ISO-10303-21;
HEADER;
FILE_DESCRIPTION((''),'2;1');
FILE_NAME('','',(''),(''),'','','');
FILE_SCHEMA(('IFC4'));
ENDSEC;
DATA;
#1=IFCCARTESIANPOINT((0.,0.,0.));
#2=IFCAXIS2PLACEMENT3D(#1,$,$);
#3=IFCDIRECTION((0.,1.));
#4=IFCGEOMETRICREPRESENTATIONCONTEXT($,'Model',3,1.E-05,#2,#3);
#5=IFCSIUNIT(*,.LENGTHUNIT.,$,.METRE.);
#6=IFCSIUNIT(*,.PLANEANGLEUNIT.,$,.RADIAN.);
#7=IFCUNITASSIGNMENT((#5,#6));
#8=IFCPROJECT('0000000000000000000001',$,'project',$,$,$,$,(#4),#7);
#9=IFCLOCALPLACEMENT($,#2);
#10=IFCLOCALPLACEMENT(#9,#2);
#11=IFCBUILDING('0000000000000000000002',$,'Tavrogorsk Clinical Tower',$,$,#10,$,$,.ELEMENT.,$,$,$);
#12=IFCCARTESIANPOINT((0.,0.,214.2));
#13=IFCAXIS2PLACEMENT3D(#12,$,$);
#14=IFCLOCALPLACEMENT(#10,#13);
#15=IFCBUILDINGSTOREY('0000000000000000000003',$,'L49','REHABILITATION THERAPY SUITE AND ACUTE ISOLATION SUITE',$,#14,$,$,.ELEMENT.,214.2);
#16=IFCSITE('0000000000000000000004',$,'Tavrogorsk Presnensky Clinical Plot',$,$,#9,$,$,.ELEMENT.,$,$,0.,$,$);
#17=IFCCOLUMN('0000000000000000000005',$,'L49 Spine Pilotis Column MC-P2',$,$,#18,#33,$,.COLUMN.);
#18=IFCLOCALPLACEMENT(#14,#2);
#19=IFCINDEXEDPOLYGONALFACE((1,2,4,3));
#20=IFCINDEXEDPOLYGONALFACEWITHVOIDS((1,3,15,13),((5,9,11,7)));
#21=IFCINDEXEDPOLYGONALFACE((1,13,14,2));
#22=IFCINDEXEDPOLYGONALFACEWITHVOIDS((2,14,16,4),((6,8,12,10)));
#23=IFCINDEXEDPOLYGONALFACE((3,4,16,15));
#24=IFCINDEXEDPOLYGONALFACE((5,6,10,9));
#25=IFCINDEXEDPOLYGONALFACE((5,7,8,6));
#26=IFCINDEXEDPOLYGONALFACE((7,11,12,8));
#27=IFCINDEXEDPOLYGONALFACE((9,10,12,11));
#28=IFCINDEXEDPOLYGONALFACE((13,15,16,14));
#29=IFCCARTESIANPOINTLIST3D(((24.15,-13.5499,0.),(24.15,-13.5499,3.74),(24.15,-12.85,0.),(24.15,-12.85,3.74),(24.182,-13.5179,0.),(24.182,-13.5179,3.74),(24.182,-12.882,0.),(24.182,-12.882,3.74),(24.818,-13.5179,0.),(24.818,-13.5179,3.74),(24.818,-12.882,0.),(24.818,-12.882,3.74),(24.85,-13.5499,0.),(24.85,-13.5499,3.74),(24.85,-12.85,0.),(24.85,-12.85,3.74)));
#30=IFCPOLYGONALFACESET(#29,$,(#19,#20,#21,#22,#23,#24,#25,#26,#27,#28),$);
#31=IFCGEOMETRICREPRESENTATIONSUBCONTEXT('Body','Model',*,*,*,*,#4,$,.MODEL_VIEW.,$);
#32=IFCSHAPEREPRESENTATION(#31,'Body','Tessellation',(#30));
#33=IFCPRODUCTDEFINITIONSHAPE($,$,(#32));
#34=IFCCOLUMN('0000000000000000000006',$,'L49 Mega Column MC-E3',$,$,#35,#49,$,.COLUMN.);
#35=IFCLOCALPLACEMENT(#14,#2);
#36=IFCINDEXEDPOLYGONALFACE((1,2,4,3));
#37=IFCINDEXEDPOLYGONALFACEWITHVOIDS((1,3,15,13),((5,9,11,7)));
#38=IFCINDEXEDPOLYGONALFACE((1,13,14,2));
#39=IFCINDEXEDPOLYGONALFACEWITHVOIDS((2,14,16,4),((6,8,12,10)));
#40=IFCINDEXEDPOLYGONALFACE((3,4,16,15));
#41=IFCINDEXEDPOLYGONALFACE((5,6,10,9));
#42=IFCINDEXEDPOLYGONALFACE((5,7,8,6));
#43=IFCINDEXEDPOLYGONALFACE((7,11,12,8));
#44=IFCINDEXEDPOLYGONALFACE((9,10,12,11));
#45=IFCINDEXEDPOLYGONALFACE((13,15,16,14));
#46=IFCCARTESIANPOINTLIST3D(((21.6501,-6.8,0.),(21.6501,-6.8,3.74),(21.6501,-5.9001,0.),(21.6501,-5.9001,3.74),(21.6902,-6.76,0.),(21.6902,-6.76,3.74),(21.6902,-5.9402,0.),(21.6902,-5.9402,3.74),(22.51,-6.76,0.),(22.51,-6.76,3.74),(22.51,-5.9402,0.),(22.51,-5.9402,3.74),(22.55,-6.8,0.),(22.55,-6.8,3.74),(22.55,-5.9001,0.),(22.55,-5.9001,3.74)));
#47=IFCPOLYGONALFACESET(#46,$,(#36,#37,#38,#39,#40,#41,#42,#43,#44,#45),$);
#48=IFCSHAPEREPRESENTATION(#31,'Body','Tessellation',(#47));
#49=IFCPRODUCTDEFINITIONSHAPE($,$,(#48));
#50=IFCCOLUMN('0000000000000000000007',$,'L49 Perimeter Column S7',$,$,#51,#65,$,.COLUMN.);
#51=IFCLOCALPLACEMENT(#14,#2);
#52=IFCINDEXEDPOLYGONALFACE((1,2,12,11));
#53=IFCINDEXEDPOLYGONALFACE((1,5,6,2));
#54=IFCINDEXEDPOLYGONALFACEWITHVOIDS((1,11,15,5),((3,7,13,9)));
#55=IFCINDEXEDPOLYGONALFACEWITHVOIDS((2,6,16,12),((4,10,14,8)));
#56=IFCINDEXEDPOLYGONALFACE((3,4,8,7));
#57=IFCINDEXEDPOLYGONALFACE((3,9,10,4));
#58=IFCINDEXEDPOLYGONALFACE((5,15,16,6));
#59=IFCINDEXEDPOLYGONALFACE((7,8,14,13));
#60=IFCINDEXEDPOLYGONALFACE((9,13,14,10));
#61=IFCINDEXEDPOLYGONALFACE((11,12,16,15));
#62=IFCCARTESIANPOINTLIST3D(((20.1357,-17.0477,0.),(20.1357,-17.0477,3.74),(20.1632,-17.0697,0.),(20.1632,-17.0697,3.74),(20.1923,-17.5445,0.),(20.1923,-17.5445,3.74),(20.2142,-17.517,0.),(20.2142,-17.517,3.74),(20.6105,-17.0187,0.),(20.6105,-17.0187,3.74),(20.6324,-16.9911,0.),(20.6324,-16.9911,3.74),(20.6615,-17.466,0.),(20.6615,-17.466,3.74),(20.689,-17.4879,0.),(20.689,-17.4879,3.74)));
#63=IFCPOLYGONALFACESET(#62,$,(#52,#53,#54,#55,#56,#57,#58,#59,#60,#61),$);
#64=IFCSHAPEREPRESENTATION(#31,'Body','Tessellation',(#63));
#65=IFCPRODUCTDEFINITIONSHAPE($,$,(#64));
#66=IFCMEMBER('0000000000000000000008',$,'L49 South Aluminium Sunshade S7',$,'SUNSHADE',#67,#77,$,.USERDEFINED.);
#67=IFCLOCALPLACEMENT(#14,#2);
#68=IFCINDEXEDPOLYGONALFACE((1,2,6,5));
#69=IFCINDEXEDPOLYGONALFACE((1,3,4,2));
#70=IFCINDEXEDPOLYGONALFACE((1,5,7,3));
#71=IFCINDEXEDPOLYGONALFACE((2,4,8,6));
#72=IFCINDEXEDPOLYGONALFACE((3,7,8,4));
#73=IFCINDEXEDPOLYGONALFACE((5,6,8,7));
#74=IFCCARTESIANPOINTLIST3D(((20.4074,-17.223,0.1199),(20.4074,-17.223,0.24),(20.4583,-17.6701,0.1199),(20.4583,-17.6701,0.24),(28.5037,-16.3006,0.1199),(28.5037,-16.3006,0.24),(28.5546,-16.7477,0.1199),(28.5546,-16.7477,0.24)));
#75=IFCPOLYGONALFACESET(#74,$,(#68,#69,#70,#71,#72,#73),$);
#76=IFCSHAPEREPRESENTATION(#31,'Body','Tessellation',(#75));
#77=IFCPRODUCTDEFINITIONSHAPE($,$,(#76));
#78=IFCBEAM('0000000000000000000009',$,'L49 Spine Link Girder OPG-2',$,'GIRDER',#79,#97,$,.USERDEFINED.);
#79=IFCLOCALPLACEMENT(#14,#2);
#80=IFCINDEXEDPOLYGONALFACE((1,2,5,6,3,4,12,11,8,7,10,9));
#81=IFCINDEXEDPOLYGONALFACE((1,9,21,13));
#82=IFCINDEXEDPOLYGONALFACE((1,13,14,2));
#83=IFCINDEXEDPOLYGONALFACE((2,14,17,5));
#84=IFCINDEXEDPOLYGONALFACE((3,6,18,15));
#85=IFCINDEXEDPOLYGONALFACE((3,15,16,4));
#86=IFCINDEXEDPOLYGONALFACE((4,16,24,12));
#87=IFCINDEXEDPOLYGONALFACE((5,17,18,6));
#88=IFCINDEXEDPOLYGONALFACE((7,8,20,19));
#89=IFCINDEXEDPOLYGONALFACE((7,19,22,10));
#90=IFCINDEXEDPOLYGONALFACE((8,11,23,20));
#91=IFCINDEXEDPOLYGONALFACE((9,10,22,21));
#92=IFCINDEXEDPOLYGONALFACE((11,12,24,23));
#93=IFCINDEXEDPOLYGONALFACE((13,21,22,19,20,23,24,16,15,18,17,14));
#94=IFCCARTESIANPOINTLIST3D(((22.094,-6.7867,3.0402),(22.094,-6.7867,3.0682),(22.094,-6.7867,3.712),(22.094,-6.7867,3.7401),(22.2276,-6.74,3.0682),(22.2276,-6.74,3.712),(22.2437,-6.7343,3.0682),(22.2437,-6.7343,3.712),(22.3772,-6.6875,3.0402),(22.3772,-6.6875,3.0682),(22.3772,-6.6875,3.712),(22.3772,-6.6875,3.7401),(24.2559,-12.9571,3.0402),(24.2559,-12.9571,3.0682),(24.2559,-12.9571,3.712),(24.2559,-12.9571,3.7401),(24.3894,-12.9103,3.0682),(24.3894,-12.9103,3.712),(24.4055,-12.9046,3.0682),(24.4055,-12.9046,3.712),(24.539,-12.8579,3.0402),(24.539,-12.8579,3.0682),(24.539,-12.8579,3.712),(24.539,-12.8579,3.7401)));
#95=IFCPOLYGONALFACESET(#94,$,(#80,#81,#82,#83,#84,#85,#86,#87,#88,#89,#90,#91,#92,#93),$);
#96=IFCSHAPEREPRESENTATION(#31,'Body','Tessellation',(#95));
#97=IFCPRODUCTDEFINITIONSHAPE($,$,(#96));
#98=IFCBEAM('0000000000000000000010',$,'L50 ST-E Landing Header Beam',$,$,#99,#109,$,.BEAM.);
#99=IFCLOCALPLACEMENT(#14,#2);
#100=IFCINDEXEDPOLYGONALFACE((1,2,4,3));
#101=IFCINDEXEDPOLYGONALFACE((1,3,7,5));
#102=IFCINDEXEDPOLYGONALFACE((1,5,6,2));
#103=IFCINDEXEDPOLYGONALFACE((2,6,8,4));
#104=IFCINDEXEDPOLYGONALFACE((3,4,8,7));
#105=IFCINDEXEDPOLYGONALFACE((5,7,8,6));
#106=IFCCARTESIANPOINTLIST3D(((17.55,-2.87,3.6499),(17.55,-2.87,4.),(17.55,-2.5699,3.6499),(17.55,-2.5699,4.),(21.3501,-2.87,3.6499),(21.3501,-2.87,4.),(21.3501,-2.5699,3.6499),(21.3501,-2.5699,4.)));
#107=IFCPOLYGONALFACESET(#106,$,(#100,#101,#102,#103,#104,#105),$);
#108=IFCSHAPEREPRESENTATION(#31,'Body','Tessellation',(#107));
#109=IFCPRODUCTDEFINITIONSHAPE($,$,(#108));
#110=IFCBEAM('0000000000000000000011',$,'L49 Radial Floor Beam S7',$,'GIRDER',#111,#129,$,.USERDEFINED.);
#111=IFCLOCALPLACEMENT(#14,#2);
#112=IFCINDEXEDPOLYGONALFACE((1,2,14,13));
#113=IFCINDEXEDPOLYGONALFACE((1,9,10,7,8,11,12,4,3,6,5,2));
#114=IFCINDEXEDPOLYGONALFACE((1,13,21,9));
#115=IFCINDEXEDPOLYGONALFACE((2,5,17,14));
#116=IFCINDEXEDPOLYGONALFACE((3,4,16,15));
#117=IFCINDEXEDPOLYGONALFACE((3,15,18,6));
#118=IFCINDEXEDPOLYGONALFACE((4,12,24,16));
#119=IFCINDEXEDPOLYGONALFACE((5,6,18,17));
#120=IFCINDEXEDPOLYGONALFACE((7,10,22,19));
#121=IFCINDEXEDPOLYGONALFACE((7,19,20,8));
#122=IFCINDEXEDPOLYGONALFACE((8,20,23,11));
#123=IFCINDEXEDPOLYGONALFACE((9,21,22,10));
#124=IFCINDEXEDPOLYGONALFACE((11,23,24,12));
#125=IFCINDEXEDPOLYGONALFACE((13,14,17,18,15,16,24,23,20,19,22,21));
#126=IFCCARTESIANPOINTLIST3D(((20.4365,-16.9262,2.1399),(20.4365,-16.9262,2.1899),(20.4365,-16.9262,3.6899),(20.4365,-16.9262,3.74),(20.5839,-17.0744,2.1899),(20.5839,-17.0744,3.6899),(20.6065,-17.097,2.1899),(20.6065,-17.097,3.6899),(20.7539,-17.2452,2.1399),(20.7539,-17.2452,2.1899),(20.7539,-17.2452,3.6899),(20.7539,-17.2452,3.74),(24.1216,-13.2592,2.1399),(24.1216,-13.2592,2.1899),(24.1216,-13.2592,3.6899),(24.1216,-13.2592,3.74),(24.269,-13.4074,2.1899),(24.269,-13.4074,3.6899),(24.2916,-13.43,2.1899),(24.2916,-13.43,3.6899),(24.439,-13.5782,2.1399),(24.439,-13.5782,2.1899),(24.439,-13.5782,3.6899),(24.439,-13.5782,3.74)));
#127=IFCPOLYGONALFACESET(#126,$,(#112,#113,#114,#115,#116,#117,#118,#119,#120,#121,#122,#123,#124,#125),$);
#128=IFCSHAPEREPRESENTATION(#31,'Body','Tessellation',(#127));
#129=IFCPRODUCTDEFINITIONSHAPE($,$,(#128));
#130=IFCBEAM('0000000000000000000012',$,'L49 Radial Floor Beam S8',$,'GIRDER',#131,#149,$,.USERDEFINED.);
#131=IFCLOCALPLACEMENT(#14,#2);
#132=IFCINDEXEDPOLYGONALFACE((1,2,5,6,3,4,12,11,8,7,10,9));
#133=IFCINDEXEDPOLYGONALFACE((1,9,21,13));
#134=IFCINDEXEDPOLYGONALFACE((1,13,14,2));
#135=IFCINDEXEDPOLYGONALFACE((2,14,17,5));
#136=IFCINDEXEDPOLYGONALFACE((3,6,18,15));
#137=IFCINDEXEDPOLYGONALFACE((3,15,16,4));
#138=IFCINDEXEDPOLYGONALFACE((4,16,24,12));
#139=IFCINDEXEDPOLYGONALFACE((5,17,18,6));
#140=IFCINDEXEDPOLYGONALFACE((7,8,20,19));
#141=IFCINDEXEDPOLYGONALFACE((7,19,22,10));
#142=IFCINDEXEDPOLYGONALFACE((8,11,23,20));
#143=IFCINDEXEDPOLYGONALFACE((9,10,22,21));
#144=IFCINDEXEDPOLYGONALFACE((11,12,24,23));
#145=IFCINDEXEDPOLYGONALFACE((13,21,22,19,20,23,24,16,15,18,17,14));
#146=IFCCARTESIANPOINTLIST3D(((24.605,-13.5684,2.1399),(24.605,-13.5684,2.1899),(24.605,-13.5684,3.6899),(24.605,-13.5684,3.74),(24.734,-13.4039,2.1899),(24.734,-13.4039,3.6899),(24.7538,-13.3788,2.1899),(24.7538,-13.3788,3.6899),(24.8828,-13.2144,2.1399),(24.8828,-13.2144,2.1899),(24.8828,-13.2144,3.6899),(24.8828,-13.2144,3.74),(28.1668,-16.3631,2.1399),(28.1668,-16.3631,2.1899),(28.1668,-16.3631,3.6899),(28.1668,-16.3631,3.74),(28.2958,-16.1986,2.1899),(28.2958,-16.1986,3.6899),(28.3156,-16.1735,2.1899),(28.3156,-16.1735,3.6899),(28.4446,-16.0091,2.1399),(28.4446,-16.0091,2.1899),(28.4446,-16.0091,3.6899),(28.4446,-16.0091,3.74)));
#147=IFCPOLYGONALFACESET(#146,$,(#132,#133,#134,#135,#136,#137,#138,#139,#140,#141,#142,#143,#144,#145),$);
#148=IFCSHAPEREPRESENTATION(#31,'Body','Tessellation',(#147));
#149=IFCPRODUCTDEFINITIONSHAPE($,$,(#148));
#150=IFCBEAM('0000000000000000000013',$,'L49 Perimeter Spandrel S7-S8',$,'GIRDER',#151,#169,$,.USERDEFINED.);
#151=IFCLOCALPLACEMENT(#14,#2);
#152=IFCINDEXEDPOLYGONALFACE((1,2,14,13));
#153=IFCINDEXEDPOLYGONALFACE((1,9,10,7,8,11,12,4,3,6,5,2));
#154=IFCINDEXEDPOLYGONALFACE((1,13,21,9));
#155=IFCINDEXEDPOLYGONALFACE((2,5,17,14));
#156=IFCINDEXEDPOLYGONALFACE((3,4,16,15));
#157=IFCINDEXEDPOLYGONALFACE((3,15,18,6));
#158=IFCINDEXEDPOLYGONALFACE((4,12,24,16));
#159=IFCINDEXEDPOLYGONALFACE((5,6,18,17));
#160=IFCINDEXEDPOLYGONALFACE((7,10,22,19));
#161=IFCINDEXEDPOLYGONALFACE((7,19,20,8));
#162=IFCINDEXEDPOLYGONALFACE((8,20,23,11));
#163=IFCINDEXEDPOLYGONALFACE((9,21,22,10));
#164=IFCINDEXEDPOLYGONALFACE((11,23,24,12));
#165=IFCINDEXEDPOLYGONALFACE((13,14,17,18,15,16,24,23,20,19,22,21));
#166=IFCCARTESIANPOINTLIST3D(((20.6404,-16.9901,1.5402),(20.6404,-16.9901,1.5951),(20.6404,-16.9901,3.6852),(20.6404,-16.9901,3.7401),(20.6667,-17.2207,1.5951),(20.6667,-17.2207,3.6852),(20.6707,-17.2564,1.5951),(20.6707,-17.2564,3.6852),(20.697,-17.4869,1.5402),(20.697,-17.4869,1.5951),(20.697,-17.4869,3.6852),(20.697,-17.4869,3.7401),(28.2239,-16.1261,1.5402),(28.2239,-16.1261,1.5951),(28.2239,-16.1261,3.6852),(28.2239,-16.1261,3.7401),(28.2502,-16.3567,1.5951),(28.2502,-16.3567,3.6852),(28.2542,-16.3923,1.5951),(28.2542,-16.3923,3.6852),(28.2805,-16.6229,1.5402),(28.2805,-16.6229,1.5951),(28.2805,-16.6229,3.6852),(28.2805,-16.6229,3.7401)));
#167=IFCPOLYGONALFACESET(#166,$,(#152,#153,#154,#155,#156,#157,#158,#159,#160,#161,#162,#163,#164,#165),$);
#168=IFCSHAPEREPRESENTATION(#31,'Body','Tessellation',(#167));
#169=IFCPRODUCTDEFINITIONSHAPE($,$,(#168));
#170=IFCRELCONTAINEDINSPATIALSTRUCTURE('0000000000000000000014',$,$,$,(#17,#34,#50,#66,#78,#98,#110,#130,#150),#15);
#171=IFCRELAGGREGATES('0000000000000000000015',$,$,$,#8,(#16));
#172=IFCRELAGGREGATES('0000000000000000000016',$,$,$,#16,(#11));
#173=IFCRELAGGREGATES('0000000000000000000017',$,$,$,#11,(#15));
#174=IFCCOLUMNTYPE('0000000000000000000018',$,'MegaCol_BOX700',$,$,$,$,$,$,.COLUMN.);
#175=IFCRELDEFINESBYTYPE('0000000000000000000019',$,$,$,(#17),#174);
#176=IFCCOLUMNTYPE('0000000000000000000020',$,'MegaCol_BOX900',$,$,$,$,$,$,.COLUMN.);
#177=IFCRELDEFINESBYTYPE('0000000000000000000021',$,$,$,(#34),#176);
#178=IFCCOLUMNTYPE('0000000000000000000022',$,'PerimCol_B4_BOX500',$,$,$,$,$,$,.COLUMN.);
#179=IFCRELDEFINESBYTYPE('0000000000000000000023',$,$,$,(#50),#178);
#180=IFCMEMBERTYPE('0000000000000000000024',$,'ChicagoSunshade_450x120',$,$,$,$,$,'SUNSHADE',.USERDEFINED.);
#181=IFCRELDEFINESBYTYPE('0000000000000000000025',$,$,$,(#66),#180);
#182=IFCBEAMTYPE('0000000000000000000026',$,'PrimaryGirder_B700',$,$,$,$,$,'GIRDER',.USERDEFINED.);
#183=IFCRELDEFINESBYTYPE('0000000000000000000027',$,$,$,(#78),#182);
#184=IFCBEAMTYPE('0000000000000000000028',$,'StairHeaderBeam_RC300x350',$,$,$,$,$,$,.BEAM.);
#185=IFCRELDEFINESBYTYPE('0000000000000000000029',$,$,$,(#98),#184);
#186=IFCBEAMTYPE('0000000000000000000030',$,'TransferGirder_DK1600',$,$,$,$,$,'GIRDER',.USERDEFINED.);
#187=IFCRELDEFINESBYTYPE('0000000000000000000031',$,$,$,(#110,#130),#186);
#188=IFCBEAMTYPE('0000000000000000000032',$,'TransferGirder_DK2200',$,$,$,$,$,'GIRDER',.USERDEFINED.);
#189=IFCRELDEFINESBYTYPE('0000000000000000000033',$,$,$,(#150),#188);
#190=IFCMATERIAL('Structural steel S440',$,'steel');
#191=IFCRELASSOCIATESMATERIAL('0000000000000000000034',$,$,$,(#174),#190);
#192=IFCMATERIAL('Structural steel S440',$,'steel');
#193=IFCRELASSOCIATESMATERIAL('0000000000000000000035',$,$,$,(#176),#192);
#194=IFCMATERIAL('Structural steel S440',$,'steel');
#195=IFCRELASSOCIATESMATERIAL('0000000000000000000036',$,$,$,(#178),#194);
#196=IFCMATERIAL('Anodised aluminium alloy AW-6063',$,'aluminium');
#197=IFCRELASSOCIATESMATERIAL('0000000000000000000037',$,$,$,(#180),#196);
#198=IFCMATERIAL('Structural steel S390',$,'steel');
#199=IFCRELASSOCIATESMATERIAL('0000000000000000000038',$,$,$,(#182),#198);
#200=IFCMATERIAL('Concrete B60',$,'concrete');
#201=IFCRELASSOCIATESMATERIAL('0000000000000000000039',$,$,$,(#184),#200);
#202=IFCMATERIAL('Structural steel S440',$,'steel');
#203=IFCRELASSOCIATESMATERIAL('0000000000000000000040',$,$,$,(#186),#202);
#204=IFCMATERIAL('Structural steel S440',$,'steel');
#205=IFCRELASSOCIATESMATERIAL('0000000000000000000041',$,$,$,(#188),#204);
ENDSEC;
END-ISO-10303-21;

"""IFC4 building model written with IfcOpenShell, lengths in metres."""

from ifc_helpers import new_model, si_unit, direction, frame, origin, origin_2d, place, context, subcontext, project, spatial, rectangle, hollow_rectangle, i_section, extrude, material, material_profile, profile_set, type_object, element, save


model = new_model("IFC4")

# Units and contexts
model_context = context("Model", 3, precision=1e-05, world=origin(), true_north=direction((0.0, 1.0)))
body_context = subcontext(model_context, "Body", "Model", "MODEL_VIEW")
ifc_project = project(units=[si_unit("LENGTHUNIT", "METRE"), si_unit("PLANEANGLEUNIT", "RADIAN")], contexts=[model_context])

# Site, building, storey
site_placement = place(None, origin())
site = spatial("IfcSite", under=ifc_project, at=site_placement, Name="Tavrogorsk Presnensky Clinical Plot", CompositionType="ELEMENT", RefElevation=0.0)
building_placement = place(site_placement, origin())
building = spatial("IfcBuilding", under=site, at=building_placement, Name="Tavrogorsk Clinical Tower", CompositionType="ELEMENT")
storey_placement = place(building_placement, frame((0.0, 0.0, 214.2)))
storey = spatial("IfcBuildingStorey", under=building, at=storey_placement, Name="L49", Description="REHABILITATION THERAPY SUITE AND ACUTE ISOLATION SUITE", CompositionType="ELEMENT", Elevation=214.2)

# Columns
ifc_material_1 = material(Name="Structural steel S440", Category="steel")
ifc_material_profile_1 = material_profile(ifc_material_1, hollow_rectangle(XDim=0.7, YDim=0.7, WallThickness=0.032, at=origin_2d()), Name="BOX-700x700x32")
ifc_profile_set_1 = profile_set([ifc_material_profile_1], Name="Structural steel S440")
column_type_1 = type_object("IfcColumnType", Name="MegaCol_BOX700", PredefinedType="COLUMN", material=ifc_profile_set_1)
column_1_placement = place(storey_placement, frame((24.5, -13.2, 0.0), z_axis=(0.0, 0.0, 1.0), x_axis=(1.0, 0.0, 0.0)))
element("IfcColumn", 1, at=column_1_placement, inside=storey, type_object=column_type_1, Name="L49 Spine Pilotis Column MC-P2", PredefinedType="COLUMN", context=body_context, shape_type="SweptSolid", body=[
    extrude(hollow_rectangle(XDim=0.7, YDim=0.7, WallThickness=0.032, at=origin_2d()), origin(), (0.0, 0.0, 1.0), 3.74),
])
ifc_material_2 = material(Name="Structural steel S440", Category="steel")
ifc_material_profile_2 = material_profile(ifc_material_2, hollow_rectangle(XDim=0.8999, YDim=0.8999, WallThickness=0.04, at=origin_2d()), Name="BOX-900x900x40")
ifc_profile_set_2 = profile_set([ifc_material_profile_2], Name="Structural steel S440")
column_type_2 = type_object("IfcColumnType", Name="MegaCol_BOX900", PredefinedType="COLUMN", material=ifc_profile_set_2)
column_2_placement = place(storey_placement, frame((22.1001, -6.3501, 0.0), z_axis=(0.0, 0.0, 1.0), x_axis=(1.0, 0.0, 0.0)))
element("IfcColumn", 2, at=column_2_placement, inside=storey, type_object=column_type_2, Name="L49 Mega Column MC-E3", PredefinedType="COLUMN", context=body_context, shape_type="SweptSolid", body=[
    extrude(hollow_rectangle(XDim=0.8999, YDim=0.8999, WallThickness=0.04, at=origin_2d()), origin(), (0.0, 0.0, 1.0), 3.74),
])
ifc_material_3 = material(Name="Structural steel S440", Category="steel")
ifc_material_profile_3 = material_profile(ifc_material_3, hollow_rectangle(XDim=0.5, YDim=0.5, WallThickness=0.0249, at=origin_2d()), Name="BOX-500x500x25")
ifc_profile_set_3 = profile_set([ifc_material_profile_3], Name="Structural steel S440")
column_type_3 = type_object("IfcColumnType", Name="PerimCol_B4_BOX500", PredefinedType="COLUMN", material=ifc_profile_set_3)
column_3_placement = place(storey_placement, frame((20.4124, -17.2678, 0.0), z_axis=(0.0, 0.0, 1.0), x_axis=(0.993572, 0.113203, 0.0)))
element("IfcColumn", 3, at=column_3_placement, inside=storey, type_object=column_type_3, Name="L49 Perimeter Column S7", PredefinedType="COLUMN", context=body_context, shape_type="SweptSolid", body=[
    extrude(hollow_rectangle(XDim=0.5, YDim=0.5, WallThickness=0.0249, at=origin_2d()), origin(), (0.0, 0.0, 1.0), 3.74),
])

# Member
ifc_material_4 = material(Name="Anodised aluminium alloy AW-6063", Category="aluminium")
ifc_material_profile_4 = material_profile(ifc_material_4, rectangle(XDim=0.45, YDim=0.1201, at=origin_2d()), Name="ALU-SUNSHADE-450x120")
ifc_profile_set_4 = profile_set([ifc_material_profile_4], Name="Anodised aluminium alloy AW-6063")
member_type = type_object("IfcMemberType", Name="ChicagoSunshade_450x120", ElementType="SUNSHADE", PredefinedType="USERDEFINED", material=ifc_profile_set_4)
member_placement = place(storey_placement, frame((20.4329, -17.4465, 0.1799), z_axis=(0.993573, 0.113193, 0.0), x_axis=(-0.113193, 0.993573, 0.0)))
element("IfcMember", 4, at=member_placement, inside=storey, type_object=member_type, Name="L49 South Aluminium Sunshade S7", ObjectType="SUNSHADE", PredefinedType="USERDEFINED", context=body_context, shape_type="SweptSolid", body=[
    extrude(rectangle(XDim=0.45, YDim=0.1201, at=origin_2d()), origin(), (0.0, 0.0, 1.0), 8.1487),
])

# Beams
ifc_material_5 = material(Name="Structural steel S390", Category="steel")
ifc_material_profile_5 = material_profile(ifc_material_5, i_section(OverallWidth=0.3, OverallDepth=0.7, WebThickness=0.0171, FlangeThickness=0.0281, at=origin_2d()), Name="B-700x300x17x28")
ifc_profile_set_5 = profile_set([ifc_material_profile_5], Name="Structural steel S390")
beam_type_1 = type_object("IfcBeamType", Name="PrimaryGirder_B700", ElementType="GIRDER", PredefinedType="USERDEFINED", material=ifc_profile_set_5)
beam_1_placement = place(storey_placement, frame((24.3975, -12.9075, 3.3901), z_axis=(-0.330653, 0.943752, 0.0), x_axis=(-0.943752, -0.330653, 0.0)))
element("IfcBeam", 5, at=beam_1_placement, inside=storey, type_object=beam_type_1, Name="L49 Spine Link Girder OPG-2", ObjectType="GIRDER", PredefinedType="USERDEFINED", context=body_context, shape_type="SweptSolid", body=[
    extrude(i_section(OverallWidth=0.3, OverallDepth=0.7, WebThickness=0.0171, FlangeThickness=0.0281, at=origin_2d()), origin(), (0.0, 0.0, 1.0), 6.5381),
])
ifc_material_6 = material(Name="Concrete B60", Category="concrete")
ifc_material_profile_6 = material_profile(ifc_material_6, rectangle(XDim=0.3, YDim=0.3501, at=origin_2d()), Name="RC-SHB-300x350")
ifc_profile_set_6 = profile_set([ifc_material_profile_6], Name="Concrete B60")
beam_type_2 = type_object("IfcBeamType", Name="StairHeaderBeam_RC300x350", PredefinedType="BEAM", material=ifc_profile_set_6)
beam_2_placement = place(storey_placement, frame((17.55, -2.72, 3.825), z_axis=(1.0, 0.0, 0.0), x_axis=(0.0, 1.0, 0.0)))
element("IfcBeam", 6, at=beam_2_placement, inside=storey, type_object=beam_type_2, Name="L50 ST-E Landing Header Beam", PredefinedType="BEAM", context=body_context, shape_type="SweptSolid", body=[
    extrude(rectangle(XDim=0.3, YDim=0.3501, at=origin_2d()), origin(), (0.0, 0.0, 1.0), 3.8),
])
ifc_material_7 = material(Name="Structural steel S440", Category="steel")
ifc_material_profile_7 = material_profile(ifc_material_7, i_section(OverallWidth=0.45, OverallDepth=1.6001, WebThickness=0.032, FlangeThickness=0.05, at=origin_2d()), Name="DK-1600x450x32x50")
ifc_profile_set_7 = profile_set([ifc_material_profile_7], Name="Structural steel S440")
beam_type_3 = type_object("IfcBeamType", Name="TransferGirder_DK1600", ElementType="GIRDER", PredefinedType="USERDEFINED", material=ifc_profile_set_7)
beam_3_placement = place(storey_placement, frame((24.2803, -13.4187, 2.9399), z_axis=(-0.708842, -0.705367, 0.0), x_axis=(0.705367, -0.708842, 0.0)))
element("IfcBeam", 7, at=beam_3_placement, inside=storey, type_object=beam_type_3, Name="L49 Radial Floor Beam S7", ObjectType="GIRDER", PredefinedType="USERDEFINED", context=body_context, shape_type="SweptSolid", body=[
    extrude(i_section(OverallWidth=0.45, OverallDepth=1.6001, WebThickness=0.032, FlangeThickness=0.05, at=origin_2d()), origin(), (0.0, 0.0, 1.0), 5.1987),
])
beam_4_placement = place(storey_placement, frame((24.7439, -13.3914, 2.9399), z_axis=(0.786732, -0.617295, 0.0), x_axis=(0.617295, 0.786732, 0.0)))
element("IfcBeam", 8, at=beam_4_placement, inside=storey, type_object=beam_type_3, Name="L49 Radial Floor Beam S8", ObjectType="GIRDER", PredefinedType="USERDEFINED", context=body_context, shape_type="SweptSolid", body=[
    extrude(i_section(OverallWidth=0.45, OverallDepth=1.6001, WebThickness=0.032, FlangeThickness=0.05, at=origin_2d()), origin(), (0.0, 0.0, 1.0), 4.5273),
])
ifc_material_8 = material(Name="Structural steel S440", Category="steel")
ifc_material_profile_8 = material_profile(ifc_material_8, i_section(OverallWidth=0.5, OverallDepth=2.2, WebThickness=0.0359, FlangeThickness=0.0549, at=origin_2d()), Name="DK-2200x500x36x55")
ifc_profile_set_8 = profile_set([ifc_material_profile_8], Name="Structural steel S440")
beam_type_4 = type_object("IfcBeamType", Name="TransferGirder_DK2200", ElementType="GIRDER", PredefinedType="USERDEFINED", material=ifc_profile_set_8)
beam_5_placement = place(storey_placement, frame((20.6687, -17.2385, 2.6401), z_axis=(0.993572, 0.113201, 0.0), x_axis=(-0.113201, 0.993572, 0.0)))
element("IfcBeam", 9, at=beam_5_placement, inside=storey, type_object=beam_type_4, Name="L49 Perimeter Spandrel S7-S8", ObjectType="GIRDER", PredefinedType="USERDEFINED", context=body_context, shape_type="SweptSolid", body=[
    extrude(i_section(OverallWidth=0.5, OverallDepth=2.2, WebThickness=0.0359, FlangeThickness=0.0549, at=origin_2d()), origin(), (0.0, 0.0, 1.0), 7.6326),
])

save(model, "model.ifc")
